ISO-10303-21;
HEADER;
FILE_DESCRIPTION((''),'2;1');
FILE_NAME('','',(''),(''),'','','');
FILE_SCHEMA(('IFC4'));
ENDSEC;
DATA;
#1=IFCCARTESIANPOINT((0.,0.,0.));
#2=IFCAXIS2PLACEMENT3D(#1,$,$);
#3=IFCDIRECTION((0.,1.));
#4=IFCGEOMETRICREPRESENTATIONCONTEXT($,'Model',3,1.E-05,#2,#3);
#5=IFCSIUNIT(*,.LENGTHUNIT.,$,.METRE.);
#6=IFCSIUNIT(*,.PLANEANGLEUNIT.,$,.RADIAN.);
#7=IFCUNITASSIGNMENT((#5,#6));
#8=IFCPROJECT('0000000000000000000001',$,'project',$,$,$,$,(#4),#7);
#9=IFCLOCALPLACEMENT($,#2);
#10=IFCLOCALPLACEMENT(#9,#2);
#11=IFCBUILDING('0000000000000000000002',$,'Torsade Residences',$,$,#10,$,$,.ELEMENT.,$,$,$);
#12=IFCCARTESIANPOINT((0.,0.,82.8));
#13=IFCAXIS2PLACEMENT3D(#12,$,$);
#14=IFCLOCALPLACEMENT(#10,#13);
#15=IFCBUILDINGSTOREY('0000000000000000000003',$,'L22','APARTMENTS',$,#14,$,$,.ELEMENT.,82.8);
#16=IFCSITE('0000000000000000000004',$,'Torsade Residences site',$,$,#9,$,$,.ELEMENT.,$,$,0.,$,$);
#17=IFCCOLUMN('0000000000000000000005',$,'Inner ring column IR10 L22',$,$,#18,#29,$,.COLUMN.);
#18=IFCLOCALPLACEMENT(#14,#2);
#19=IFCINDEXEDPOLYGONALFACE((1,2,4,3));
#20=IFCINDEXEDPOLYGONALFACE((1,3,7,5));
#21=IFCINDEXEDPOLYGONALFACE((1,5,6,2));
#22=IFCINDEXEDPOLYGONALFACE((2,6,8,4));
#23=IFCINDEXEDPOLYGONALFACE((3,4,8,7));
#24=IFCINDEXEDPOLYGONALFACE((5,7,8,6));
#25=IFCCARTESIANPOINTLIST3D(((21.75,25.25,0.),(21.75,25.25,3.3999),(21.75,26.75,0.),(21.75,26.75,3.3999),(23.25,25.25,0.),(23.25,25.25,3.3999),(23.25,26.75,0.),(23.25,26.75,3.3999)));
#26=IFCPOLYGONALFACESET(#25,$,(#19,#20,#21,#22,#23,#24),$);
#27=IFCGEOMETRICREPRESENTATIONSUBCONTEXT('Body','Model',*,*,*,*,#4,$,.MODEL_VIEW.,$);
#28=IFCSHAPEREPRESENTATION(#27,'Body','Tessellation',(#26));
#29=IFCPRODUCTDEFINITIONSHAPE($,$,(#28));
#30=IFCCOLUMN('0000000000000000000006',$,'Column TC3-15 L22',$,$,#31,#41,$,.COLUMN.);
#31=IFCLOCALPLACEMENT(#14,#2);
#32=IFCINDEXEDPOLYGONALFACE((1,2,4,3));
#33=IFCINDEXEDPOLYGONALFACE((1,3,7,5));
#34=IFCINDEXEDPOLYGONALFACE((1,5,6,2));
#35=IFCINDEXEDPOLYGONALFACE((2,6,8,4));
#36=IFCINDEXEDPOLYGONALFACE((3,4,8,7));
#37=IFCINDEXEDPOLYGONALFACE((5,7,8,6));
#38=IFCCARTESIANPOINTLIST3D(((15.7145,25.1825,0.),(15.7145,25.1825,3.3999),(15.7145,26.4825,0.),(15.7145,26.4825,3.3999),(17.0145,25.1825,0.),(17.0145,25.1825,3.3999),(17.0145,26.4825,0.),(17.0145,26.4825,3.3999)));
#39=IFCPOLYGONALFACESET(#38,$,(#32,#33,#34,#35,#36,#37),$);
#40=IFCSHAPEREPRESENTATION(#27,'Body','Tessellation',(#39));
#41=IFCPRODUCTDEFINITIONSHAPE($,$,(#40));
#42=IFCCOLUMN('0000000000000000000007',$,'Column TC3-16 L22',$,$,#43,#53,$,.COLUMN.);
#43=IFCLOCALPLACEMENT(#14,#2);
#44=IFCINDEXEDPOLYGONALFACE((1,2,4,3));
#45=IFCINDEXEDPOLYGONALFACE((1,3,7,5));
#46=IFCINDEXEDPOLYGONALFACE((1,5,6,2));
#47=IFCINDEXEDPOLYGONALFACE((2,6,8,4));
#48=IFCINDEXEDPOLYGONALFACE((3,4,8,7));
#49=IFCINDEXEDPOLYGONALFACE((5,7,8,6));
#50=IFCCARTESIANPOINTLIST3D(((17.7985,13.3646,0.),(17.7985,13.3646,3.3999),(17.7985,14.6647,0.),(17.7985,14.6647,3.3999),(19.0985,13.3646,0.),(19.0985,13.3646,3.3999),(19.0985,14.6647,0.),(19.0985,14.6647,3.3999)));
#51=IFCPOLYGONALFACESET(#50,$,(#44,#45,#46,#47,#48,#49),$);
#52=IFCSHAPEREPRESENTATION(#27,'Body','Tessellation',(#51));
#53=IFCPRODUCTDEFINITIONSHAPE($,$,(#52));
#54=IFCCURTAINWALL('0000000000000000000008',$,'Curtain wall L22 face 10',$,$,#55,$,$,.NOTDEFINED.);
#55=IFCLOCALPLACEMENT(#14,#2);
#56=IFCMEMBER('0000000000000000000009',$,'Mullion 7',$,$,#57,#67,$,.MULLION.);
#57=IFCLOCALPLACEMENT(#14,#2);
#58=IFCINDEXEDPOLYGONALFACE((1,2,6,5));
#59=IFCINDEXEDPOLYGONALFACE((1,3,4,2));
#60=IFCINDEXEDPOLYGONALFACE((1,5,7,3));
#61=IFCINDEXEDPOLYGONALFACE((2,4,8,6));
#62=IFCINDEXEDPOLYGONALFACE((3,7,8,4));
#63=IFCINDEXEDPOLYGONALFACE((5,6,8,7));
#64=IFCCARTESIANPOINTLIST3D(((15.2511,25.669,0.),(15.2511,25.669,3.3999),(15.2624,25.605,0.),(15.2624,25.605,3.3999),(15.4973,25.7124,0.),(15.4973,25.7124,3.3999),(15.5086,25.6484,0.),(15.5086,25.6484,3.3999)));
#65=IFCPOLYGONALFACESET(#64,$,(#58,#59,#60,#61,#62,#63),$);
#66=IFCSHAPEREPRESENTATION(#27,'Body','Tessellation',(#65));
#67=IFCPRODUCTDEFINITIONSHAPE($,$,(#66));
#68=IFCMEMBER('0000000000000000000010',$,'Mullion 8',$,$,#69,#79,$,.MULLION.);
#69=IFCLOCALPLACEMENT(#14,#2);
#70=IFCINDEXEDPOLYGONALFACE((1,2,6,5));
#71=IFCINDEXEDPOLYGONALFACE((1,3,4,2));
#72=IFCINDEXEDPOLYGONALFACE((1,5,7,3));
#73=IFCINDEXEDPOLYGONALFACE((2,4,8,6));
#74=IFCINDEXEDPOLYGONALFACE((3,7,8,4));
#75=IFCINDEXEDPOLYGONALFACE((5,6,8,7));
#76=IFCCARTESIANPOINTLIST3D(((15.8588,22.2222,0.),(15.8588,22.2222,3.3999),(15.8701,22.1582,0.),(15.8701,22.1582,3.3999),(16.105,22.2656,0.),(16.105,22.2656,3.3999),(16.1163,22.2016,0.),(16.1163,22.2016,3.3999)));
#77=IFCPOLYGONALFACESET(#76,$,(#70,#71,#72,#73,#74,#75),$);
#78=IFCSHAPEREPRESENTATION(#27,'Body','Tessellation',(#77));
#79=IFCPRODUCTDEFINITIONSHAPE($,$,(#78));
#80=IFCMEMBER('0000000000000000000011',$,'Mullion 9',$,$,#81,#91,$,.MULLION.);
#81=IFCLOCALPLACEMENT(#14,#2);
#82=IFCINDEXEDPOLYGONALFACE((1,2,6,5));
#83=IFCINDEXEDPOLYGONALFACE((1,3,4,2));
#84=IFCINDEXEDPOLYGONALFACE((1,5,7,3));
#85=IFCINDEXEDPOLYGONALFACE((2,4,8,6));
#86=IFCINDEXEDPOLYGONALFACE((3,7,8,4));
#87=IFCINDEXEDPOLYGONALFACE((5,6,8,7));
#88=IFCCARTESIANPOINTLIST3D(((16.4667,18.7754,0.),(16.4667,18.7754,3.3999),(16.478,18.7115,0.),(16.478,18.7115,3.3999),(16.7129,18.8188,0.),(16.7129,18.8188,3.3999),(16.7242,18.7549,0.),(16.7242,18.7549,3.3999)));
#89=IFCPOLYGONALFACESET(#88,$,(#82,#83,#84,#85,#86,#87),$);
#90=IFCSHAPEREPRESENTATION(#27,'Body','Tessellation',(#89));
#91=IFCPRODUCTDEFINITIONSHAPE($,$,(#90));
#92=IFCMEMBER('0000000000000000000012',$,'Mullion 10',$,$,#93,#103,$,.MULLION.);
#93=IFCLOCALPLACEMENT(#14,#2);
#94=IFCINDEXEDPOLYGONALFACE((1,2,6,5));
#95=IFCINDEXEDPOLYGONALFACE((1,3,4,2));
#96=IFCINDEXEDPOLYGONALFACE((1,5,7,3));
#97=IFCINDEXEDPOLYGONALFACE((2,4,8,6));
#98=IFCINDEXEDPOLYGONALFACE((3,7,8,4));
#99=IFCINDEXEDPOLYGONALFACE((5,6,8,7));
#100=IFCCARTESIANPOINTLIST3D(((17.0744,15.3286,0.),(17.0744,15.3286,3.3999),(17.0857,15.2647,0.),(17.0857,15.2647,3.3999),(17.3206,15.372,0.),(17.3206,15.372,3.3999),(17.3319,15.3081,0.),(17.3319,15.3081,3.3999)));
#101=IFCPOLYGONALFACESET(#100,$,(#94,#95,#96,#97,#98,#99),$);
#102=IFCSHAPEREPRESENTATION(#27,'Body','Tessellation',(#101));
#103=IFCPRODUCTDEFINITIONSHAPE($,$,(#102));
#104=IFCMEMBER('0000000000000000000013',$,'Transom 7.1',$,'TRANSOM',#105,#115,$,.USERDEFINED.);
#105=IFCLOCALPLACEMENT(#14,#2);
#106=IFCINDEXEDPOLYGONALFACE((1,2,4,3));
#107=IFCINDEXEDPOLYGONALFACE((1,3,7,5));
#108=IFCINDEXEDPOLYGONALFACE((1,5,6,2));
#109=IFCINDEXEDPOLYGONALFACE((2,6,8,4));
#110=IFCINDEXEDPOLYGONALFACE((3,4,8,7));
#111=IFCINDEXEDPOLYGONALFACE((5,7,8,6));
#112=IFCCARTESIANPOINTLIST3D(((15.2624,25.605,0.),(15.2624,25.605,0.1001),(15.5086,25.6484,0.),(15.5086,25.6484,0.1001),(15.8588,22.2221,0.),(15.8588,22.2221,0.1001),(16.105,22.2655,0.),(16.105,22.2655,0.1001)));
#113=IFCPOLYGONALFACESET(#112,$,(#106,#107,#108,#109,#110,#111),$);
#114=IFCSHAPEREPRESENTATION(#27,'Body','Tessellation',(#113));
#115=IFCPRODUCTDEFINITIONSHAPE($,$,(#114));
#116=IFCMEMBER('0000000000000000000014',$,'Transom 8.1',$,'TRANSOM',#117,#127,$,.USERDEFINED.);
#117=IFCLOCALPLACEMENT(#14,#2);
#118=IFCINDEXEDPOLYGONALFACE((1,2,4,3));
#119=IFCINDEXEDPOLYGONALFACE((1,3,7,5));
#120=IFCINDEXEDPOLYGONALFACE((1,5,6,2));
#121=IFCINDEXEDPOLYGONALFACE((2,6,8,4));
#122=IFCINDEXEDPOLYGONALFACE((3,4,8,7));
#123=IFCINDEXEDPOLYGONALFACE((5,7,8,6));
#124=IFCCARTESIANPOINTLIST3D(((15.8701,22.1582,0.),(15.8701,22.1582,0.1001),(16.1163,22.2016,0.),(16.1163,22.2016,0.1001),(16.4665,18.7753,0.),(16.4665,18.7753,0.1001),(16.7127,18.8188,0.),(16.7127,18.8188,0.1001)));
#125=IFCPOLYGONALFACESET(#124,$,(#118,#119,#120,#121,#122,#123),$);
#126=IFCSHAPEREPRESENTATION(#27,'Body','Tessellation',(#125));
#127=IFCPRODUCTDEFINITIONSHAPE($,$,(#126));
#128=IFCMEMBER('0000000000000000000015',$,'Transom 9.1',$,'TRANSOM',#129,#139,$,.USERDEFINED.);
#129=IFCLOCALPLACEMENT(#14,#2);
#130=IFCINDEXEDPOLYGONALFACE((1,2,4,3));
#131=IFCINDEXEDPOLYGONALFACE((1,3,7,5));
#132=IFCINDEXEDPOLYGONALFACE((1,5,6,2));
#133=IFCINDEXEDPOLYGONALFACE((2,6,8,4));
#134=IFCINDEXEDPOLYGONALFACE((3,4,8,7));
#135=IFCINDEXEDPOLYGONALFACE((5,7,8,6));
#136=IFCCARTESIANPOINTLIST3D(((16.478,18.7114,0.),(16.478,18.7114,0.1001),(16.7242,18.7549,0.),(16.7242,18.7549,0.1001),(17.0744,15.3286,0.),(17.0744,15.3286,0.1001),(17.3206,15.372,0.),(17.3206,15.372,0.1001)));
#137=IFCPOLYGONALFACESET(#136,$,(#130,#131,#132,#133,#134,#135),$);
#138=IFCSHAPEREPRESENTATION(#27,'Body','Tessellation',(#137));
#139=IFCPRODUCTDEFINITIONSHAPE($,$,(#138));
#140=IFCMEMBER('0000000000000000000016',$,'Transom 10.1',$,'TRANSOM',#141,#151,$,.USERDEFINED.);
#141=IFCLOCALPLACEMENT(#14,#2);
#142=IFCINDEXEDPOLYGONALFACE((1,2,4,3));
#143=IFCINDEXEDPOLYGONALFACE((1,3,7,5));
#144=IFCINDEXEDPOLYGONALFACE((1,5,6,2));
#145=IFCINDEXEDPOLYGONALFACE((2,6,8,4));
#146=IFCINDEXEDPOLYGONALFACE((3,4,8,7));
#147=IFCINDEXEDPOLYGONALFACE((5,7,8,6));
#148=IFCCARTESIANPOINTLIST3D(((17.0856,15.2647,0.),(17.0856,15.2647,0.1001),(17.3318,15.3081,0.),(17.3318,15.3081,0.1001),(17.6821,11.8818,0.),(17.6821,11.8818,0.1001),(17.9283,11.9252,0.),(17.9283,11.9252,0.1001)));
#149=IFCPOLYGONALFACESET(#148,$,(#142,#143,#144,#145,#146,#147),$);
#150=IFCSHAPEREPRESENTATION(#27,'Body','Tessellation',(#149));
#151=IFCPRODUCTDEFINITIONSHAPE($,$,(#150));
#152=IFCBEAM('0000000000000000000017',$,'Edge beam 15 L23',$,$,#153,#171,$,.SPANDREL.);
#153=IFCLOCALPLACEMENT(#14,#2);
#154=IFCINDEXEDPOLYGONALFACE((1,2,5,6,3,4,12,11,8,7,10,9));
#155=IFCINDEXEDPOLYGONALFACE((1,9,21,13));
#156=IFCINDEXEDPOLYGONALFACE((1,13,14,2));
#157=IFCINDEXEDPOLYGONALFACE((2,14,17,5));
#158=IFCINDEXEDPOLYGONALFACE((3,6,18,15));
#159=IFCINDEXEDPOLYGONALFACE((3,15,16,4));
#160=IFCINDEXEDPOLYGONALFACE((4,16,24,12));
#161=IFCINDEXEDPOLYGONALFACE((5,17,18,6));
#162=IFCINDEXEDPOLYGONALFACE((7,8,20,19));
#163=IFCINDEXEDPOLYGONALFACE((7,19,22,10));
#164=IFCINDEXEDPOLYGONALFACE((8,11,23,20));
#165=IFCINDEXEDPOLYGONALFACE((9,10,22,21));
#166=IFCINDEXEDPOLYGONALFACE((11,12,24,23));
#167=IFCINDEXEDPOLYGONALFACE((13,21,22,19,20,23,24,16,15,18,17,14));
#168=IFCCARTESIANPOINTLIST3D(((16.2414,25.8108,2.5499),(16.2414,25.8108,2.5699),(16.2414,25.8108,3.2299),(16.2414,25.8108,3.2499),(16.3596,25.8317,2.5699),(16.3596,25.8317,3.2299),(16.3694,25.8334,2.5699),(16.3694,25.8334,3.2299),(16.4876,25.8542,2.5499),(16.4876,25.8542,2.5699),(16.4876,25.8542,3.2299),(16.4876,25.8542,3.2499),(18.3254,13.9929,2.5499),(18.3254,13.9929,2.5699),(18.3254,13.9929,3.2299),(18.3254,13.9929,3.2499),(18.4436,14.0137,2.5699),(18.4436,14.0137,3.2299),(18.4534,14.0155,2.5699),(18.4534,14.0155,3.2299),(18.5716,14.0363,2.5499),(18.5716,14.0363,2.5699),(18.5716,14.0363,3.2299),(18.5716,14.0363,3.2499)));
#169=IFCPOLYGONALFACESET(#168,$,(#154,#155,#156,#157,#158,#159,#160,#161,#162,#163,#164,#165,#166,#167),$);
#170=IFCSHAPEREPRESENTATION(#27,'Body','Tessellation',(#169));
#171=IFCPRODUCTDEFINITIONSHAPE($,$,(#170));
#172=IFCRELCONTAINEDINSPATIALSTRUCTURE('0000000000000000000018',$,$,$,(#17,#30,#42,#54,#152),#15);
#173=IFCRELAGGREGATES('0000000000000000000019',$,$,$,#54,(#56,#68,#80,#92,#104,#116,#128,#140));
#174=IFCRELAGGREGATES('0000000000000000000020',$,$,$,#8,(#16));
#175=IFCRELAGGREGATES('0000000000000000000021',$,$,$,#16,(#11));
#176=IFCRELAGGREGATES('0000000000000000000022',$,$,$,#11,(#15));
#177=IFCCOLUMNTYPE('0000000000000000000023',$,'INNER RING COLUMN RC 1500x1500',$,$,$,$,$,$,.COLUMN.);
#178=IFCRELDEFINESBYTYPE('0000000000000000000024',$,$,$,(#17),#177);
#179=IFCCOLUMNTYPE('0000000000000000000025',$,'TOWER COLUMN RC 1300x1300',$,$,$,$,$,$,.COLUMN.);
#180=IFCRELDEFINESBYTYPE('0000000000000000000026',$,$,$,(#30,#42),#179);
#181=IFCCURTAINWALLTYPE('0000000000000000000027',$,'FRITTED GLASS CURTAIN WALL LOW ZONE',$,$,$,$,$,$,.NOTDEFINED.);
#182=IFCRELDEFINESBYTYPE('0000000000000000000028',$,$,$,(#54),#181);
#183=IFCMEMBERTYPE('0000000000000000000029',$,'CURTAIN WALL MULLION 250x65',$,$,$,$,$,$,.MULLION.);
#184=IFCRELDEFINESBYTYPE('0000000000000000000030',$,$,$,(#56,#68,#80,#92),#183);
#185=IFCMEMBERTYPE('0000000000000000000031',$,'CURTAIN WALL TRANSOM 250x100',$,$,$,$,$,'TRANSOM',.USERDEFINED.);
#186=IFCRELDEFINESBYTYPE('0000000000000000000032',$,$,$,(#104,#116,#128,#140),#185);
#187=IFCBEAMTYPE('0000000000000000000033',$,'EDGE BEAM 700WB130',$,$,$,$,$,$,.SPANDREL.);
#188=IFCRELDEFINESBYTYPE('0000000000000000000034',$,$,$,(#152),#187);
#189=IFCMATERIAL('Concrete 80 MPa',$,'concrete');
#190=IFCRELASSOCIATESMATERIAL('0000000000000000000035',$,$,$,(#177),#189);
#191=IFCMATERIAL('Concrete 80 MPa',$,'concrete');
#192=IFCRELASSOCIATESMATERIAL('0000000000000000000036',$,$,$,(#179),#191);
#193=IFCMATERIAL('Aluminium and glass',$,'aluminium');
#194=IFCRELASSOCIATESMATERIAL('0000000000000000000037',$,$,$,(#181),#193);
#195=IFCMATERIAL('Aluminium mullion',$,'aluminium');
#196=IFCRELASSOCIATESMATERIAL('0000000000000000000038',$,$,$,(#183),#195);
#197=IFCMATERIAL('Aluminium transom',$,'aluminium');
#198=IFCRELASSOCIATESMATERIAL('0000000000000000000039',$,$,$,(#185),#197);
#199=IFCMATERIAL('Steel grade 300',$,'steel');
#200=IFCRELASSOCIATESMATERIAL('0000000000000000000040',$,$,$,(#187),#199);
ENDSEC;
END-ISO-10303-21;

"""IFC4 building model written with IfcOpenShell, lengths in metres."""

from ifc_helpers import new_model, si_unit, direction, frame, origin, origin_2d, place, context, subcontext, project, spatial, rectangle, i_section, extrude, material, material_profile, profile_set, type_object, element, aggregate, save


model = new_model("IFC4")

# Units and contexts
model_context = context("Model", 3, precision=1e-05, world=origin(), true_north=direction((0.0, 1.0)))
body_context = subcontext(model_context, "Body", "Model", "MODEL_VIEW")
ifc_project = project(units=[si_unit("LENGTHUNIT", "METRE"), si_unit("PLANEANGLEUNIT", "RADIAN")], contexts=[model_context])

# Site, building, storey
site_placement = place(None, origin())
site = spatial("IfcSite", under=ifc_project, at=site_placement, Name="Torsade Residences site", CompositionType="ELEMENT", RefElevation=0.0)
building_placement = place(site_placement, origin())
building = spatial("IfcBuilding", under=site, at=building_placement, Name="Torsade Residences", CompositionType="ELEMENT")
storey_placement = place(building_placement, frame((0.0, 0.0, 82.8)))
storey = spatial("IfcBuildingStorey", under=building, at=storey_placement, Name="L22", Description="APARTMENTS", CompositionType="ELEMENT", Elevation=82.8)

# Columns
ifc_material_1 = material(Name="Concrete 80 MPa", Category="concrete")
ifc_material_profile_1 = material_profile(ifc_material_1, rectangle(XDim=1.5, YDim=1.5, at=origin_2d()), Name="RC 1500x1500")
ifc_profile_set_1 = profile_set([ifc_material_profile_1], Name="Concrete 80 MPa")
column_type_1 = type_object("IfcColumnType", Name="INNER RING COLUMN RC 1500x1500", PredefinedType="COLUMN", material=ifc_profile_set_1)
column_placement = place(storey_placement, frame((22.5, 26.0, 0.0), z_axis=(0.0, 0.0, 1.0), x_axis=(1.0, 0.0, 0.0)))
element("IfcColumn", 1, at=column_placement, inside=storey, type_object=column_type_1, Name="Inner ring column IR10 L22", PredefinedType="COLUMN", context=body_context, shape_type="SweptSolid", body=[
    extrude(rectangle(XDim=1.5, YDim=1.5, at=origin_2d()), origin(), (0.0, 0.0, 1.0), 3.3999),
])
ifc_material_2 = material(Name="Concrete 80 MPa", Category="concrete")
ifc_material_profile_2 = material_profile(ifc_material_2, rectangle(XDim=1.3, YDim=1.3, at=origin_2d()), Name="RC 1300x1300")
ifc_profile_set_2 = profile_set([ifc_material_profile_2], Name="Concrete 80 MPa")
column_type_2 = type_object("IfcColumnType", Name="TOWER COLUMN RC 1300x1300", PredefinedType="COLUMN", material=ifc_profile_set_2)
for number, where, z_axis, x_axis, name in (
    (2, (16.3645, 25.8325, 0.0), (0.0, 0.0, 1.0), (1.0, 0.0, 0.0), "Column TC3-15 L22"),
    (3, (18.4485, 14.0146, 0.0), (0.0, 0.0, 1.0), (1.0, 0.0, 0.0), "Column TC3-16 L22"),
):
    element("IfcColumn", number, at=place(storey_placement, frame(where, z_axis=z_axis, x_axis=x_axis)), inside=storey, type_object=column_type_2, Name=name, PredefinedType="COLUMN", context=body_context, shape_type="SweptSolid", body=[
        extrude(rectangle(XDim=1.3, YDim=1.3, at=origin_2d()), origin(), (0.0, 0.0, 1.0), 3.3999),
    ])

# Curtain wall, members
ifc_material_3 = material(Name="Aluminium and glass", Category="aluminium")
curtain_wall_type = type_object("IfcCurtainWallType", Name="FRITTED GLASS CURTAIN WALL LOW ZONE", PredefinedType="NOTDEFINED", material=ifc_material_3)
curtain_wall_placement = place(storey_placement, origin())
curtain_wall = element("IfcCurtainWall", 4, at=curtain_wall_placement, inside=storey, type_object=curtain_wall_type, Name="Curtain wall L22 face 10", PredefinedType="NOTDEFINED")
ifc_material_4 = material(Name="Aluminium mullion", Category="aluminium")
ifc_material_profile_3 = material_profile(ifc_material_4, rectangle(XDim=0.25, YDim=0.0649, at=origin_2d()), Name="CURTAIN WALL MULLION 250x65")
ifc_profile_set_3 = profile_set([ifc_material_profile_3], Name="Aluminium mullion")
member_type_1 = type_object("IfcMemberType", Name="CURTAIN WALL MULLION 250x65", PredefinedType="MULLION", material=ifc_profile_set_3)
member_1_placement = place(storey_placement, frame((15.3799, 25.6587, 0.0), z_axis=(0.0, 0.0, 1.0), x_axis=(0.984808, 0.173648, 0.0)))
member_1 = element("IfcMember", 5, at=member_1_placement, type_object=member_type_1, Name="Mullion 7", PredefinedType="MULLION", context=body_context, shape_type="SweptSolid", body=[
    extrude(rectangle(XDim=0.25, YDim=0.0649, at=origin_2d()), origin(), (0.0, 0.0, 1.0), 3.3999),
])
member_2_placement = place(storey_placement, frame((15.9875, 22.2119, 0.0), z_axis=(0.0, 0.0, 1.0), x_axis=(0.984808, 0.173648, 0.0)))
member_2 = element("IfcMember", 6, at=member_2_placement, type_object=member_type_1, Name="Mullion 8", PredefinedType="MULLION", context=body_context, shape_type="SweptSolid", body=[
    extrude(rectangle(XDim=0.25, YDim=0.0649, at=origin_2d()), origin(), (0.0, 0.0, 1.0), 3.3999),
])
member_3_placement = place(storey_placement, frame((16.5955, 18.7651, 0.0), z_axis=(0.0, 0.0, 1.0), x_axis=(0.984808, 0.173648, 0.0)))
member_3 = element("IfcMember", 7, at=member_3_placement, type_object=member_type_1, Name="Mullion 9", PredefinedType="MULLION", context=body_context, shape_type="SweptSolid", body=[
    extrude(rectangle(XDim=0.25, YDim=0.0649, at=origin_2d()), origin(), (0.0, 0.0, 1.0), 3.3999),
])
member_4_placement = place(storey_placement, frame((17.2031, 15.3184, 0.0), z_axis=(0.0, 0.0, 1.0), x_axis=(0.984808, 0.173648, 0.0)))
member_4 = element("IfcMember", 8, at=member_4_placement, type_object=member_type_1, Name="Mullion 10", PredefinedType="MULLION", context=body_context, shape_type="SweptSolid", body=[
    extrude(rectangle(XDim=0.25, YDim=0.0649, at=origin_2d()), origin(), (0.0, 0.0, 1.0), 3.3999),
])
ifc_material_5 = material(Name="Aluminium transom", Category="aluminium")
ifc_material_profile_4 = material_profile(ifc_material_5, rectangle(XDim=0.25, YDim=0.1001, at=origin_2d()), Name="CURTAIN WALL TRANSOM 250x100")
ifc_profile_set_4 = profile_set([ifc_material_profile_4], Name="Aluminium transom")
member_type_2 = type_object("IfcMemberType", Name="CURTAIN WALL TRANSOM 250x100", ElementType="TRANSOM", PredefinedType="USERDEFINED", material=ifc_profile_set_4)
member_5_placement = place(storey_placement, frame((15.3855, 25.6267, 0.05), z_axis=(0.173635, -0.98481, 0.0), x_axis=(0.98481, 0.173635, 0.0)))
member_5 = element("IfcMember", 9, at=member_5_placement, type_object=member_type_2, Name="Transom 7.1", ObjectType="TRANSOM", PredefinedType="USERDEFINED", context=body_context, shape_type="SweptSolid", body=[
    extrude(rectangle(XDim=0.25, YDim=0.1001, at=origin_2d()), origin(), (0.0, 0.0, 1.0), 3.4351),
])
member_6_placement = place(storey_placement, frame((15.9932, 22.1799, 0.05), z_axis=(0.173635, -0.98481, 0.0), x_axis=(0.98481, 0.173635, 0.0)))
member_6 = element("IfcMember", 10, at=member_6_placement, type_object=member_type_2, Name="Transom 8.1", ObjectType="TRANSOM", PredefinedType="USERDEFINED", context=body_context, shape_type="SweptSolid", body=[
    extrude(rectangle(XDim=0.25, YDim=0.1001, at=origin_2d()), origin(), (0.0, 0.0, 1.0), 3.4351),
])
member_7_placement = place(storey_placement, frame((16.6011, 18.7332, 0.05), z_axis=(0.173635, -0.98481, 0.0), x_axis=(0.98481, 0.173635, 0.0)))
member_7 = element("IfcMember", 11, at=member_7_placement, type_object=member_type_2, Name="Transom 9.1", ObjectType="TRANSOM", PredefinedType="USERDEFINED", context=body_context, shape_type="SweptSolid", body=[
    extrude(rectangle(XDim=0.25, YDim=0.1001, at=origin_2d()), origin(), (0.0, 0.0, 1.0), 3.4351),
])
member_8_placement = place(storey_placement, frame((17.2087, 15.2864, 0.05), z_axis=(0.173635, -0.98481, 0.0), x_axis=(0.98481, 0.173635, 0.0)))
member_8 = element("IfcMember", 12, at=member_8_placement, type_object=member_type_2, Name="Transom 10.1", ObjectType="TRANSOM", PredefinedType="USERDEFINED", context=body_context, shape_type="SweptSolid", body=[
    extrude(rectangle(XDim=0.25, YDim=0.1001, at=origin_2d()), origin(), (0.0, 0.0, 1.0), 3.4351),
])

# Beam
ifc_material_6 = material(Name="Steel grade 300", Category="steel")
ifc_material_profile_5 = material_profile(ifc_material_6, i_section(OverallWidth=0.25, OverallDepth=0.7, WebThickness=0.01, FlangeThickness=0.02, at=origin_2d()), Name="700WB130")
ifc_profile_set_5 = profile_set([ifc_material_profile_5], Name="Steel grade 300")
beam_type_1 = type_object("IfcBeamType", Name="EDGE BEAM 700WB130", PredefinedType="SPANDREL", material=ifc_profile_set_5)
beam_1_placement = place(storey_placement, frame((16.3645, 25.8325, 2.8999), z_axis=(0.173662, -0.984805, 0.0), x_axis=(0.984805, 0.173662, 0.0)))
element("IfcBeam", 13, at=beam_1_placement, inside=storey, type_object=beam_type_1, Name="Edge beam 15 L23", PredefinedType="SPANDREL", context=body_context, shape_type="SweptSolid", body=[
    extrude(i_section(OverallWidth=0.25, OverallDepth=0.7, WebThickness=0.01, FlangeThickness=0.02, at=origin_2d()), origin(), (0.0, 0.0, 1.0), 12.0002),
])

aggregate(curtain_wall, [member_1, member_2, member_3, member_4, member_5, member_6, member_7, member_8])

save(model, "model.ifc")
